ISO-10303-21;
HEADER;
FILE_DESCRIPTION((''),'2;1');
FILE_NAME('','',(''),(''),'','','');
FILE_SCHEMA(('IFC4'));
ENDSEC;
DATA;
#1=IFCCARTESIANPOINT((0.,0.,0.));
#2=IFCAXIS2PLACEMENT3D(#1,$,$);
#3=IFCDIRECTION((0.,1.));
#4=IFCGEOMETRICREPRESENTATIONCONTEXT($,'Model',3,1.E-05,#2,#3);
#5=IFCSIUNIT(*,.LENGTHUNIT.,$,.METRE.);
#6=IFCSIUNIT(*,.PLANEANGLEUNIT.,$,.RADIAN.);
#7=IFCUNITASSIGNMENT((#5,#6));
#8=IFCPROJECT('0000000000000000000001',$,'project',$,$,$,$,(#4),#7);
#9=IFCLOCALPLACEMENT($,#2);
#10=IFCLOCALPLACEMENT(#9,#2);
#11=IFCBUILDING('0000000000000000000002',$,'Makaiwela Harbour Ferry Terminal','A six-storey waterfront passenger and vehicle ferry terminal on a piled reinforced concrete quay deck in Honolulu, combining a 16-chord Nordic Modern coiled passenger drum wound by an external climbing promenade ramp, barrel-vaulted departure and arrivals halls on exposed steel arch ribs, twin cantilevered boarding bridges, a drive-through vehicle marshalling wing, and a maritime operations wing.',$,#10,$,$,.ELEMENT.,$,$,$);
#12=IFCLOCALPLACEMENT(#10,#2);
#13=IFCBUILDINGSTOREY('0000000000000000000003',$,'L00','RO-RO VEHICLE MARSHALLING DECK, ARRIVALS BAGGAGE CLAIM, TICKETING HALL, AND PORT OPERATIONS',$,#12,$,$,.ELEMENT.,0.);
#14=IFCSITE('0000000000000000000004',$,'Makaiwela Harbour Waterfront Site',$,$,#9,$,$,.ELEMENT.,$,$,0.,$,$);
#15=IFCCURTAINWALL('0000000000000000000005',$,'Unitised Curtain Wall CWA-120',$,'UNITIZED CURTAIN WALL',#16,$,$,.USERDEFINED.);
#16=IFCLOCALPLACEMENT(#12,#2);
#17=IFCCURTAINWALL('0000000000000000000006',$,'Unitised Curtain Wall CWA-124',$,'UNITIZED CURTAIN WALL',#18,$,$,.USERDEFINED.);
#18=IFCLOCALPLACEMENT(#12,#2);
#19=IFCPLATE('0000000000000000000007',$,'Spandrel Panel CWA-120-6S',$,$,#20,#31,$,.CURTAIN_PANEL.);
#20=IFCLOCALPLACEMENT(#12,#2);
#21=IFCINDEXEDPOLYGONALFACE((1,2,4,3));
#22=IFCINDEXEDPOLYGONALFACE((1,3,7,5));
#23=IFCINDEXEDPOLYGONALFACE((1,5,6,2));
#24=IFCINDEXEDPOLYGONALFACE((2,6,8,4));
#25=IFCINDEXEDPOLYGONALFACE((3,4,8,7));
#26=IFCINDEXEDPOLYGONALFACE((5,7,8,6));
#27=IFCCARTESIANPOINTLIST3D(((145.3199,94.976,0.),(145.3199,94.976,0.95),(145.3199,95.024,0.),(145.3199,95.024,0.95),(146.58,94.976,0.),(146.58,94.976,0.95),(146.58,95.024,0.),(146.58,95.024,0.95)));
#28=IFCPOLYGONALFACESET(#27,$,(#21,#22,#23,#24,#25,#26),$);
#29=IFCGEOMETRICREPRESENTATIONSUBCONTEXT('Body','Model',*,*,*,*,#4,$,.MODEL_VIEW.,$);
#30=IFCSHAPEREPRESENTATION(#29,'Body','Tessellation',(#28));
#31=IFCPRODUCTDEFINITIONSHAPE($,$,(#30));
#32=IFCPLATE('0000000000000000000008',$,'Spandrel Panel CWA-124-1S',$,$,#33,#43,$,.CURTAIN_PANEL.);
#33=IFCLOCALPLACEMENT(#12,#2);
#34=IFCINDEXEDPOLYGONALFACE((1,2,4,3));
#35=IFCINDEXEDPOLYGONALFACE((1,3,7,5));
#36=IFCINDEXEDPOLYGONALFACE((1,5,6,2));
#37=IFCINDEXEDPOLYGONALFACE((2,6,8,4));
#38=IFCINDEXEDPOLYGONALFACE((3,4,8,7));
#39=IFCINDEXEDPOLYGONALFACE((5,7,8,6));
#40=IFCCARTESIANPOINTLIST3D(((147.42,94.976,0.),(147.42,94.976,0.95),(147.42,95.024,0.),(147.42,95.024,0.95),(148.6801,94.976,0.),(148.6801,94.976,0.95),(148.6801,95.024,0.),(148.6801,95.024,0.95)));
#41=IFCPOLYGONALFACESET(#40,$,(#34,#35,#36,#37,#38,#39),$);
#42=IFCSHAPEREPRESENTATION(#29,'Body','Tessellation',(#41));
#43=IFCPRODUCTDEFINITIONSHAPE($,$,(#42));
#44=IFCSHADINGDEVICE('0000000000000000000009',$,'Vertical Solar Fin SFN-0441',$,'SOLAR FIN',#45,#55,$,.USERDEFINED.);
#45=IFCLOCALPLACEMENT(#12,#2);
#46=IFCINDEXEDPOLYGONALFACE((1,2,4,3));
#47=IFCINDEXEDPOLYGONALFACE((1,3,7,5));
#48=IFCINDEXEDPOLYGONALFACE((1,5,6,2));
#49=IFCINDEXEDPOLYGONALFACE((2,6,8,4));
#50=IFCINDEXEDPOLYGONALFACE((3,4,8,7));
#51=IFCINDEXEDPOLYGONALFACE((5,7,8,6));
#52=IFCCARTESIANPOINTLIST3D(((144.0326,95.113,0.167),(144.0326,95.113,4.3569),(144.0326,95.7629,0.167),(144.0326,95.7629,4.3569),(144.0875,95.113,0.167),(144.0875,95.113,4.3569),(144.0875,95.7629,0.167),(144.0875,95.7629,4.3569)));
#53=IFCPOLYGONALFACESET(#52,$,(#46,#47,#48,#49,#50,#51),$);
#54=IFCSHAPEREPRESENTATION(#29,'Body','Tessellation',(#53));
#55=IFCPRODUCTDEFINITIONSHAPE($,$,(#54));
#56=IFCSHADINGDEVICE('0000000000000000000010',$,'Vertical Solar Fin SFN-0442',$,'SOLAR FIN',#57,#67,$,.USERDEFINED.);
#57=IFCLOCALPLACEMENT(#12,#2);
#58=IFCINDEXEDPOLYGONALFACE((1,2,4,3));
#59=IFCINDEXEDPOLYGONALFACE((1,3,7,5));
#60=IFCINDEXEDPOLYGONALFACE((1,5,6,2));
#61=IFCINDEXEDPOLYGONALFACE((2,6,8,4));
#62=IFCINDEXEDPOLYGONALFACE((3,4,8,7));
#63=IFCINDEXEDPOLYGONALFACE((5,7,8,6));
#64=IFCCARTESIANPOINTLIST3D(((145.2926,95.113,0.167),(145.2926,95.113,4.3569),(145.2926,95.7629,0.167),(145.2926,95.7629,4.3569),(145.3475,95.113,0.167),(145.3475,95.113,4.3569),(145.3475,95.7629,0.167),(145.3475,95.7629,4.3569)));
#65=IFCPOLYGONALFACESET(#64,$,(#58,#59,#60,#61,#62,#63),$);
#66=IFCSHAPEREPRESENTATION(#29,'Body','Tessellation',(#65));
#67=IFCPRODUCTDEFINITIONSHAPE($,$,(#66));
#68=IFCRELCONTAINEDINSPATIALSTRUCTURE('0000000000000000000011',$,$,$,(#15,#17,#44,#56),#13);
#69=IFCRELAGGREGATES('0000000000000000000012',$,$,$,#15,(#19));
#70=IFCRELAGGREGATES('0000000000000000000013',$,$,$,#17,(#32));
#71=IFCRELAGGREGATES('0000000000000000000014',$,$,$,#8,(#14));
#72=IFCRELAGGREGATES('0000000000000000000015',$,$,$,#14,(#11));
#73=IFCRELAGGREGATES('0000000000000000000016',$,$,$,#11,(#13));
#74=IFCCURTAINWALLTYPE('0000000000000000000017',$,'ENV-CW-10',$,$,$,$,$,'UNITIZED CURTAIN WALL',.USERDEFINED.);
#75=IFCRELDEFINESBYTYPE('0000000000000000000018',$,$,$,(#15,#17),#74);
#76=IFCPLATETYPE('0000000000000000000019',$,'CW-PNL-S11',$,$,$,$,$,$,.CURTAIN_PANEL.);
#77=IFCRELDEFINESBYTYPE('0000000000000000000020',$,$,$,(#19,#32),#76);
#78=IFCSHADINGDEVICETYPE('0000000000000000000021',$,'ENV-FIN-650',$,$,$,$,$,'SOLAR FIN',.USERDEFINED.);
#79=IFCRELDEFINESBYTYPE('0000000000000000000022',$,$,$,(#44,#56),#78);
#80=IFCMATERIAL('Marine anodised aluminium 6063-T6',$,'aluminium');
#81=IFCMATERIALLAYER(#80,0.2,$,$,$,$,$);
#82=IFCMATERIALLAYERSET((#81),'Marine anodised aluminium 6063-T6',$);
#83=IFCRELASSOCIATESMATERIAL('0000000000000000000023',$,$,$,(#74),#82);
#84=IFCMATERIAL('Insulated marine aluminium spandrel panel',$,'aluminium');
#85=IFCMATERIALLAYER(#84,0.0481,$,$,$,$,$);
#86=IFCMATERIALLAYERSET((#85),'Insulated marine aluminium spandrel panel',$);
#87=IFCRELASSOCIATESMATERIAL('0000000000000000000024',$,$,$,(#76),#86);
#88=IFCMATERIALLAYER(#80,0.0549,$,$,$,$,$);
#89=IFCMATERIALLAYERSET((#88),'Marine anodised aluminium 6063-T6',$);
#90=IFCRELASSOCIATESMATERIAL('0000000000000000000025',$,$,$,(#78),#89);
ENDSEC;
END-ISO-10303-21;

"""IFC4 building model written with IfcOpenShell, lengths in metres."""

from ifc_helpers import new_model, si_unit, direction, frame, origin, origin_2d, place, context, subcontext, project, spatial, rectangle, extrude, material, layer, layer_set, type_object, element, aggregate, save


model = new_model("IFC4")

# Units and contexts
model_context = context("Model", 3, precision=1e-05, world=origin(), true_north=direction((0.0, 1.0)))
body_context = subcontext(model_context, "Body", "Model", "MODEL_VIEW")
ifc_project = project(units=[si_unit("LENGTHUNIT", "METRE"), si_unit("PLANEANGLEUNIT", "RADIAN")], contexts=[model_context])

# Site, building, storey
site_placement = place(None, origin())
site = spatial("IfcSite", under=ifc_project, at=site_placement, Name="Makaiwela Harbour Waterfront Site", CompositionType="ELEMENT", RefElevation=0.0)
building_placement = place(site_placement, origin())
building = spatial("IfcBuilding", under=site, at=building_placement, Name="Makaiwela Harbour Ferry Terminal", Description="A six-storey waterfront passenger and vehicle ferry terminal on a piled reinforced concrete quay deck in Honolulu, combining a 16-chord Nordic Modern coiled passenger drum wound by an external climbing promenade ramp, barrel-vaulted departure and arrivals halls on exposed steel arch ribs, twin cantilevered boarding bridges, a drive-through vehicle marshalling wing, and a maritime operations wing.", CompositionType="ELEMENT")
storey_placement = place(building_placement, origin())
storey = spatial("IfcBuildingStorey", under=building, at=storey_placement, Name="L00", Description="RO-RO VEHICLE MARSHALLING DECK, ARRIVALS BAGGAGE CLAIM, TICKETING HALL, AND PORT OPERATIONS", CompositionType="ELEMENT", Elevation=0.0)

# Curtain wall
ifc_material_1 = material(Name="Marine anodised aluminium 6063-T6", Category="aluminium")
ifc_layer_1 = layer(ifc_material_1, 0.2)
ifc_layer_set_1 = layer_set([ifc_layer_1], Name="Marine anodised aluminium 6063-T6")
curtain_wall_type = type_object("IfcCurtainWallType", Name="ENV-CW-10", ElementType="UNITIZED CURTAIN WALL", PredefinedType="USERDEFINED", material=ifc_layer_set_1)
curtain_wall_1_placement = place(storey_placement, origin())
curtain_wall_1 = element("IfcCurtainWall", 1, at=curtain_wall_1_placement, inside=storey, type_object=curtain_wall_type, Name="Unitised Curtain Wall CWA-120", ObjectType="UNITIZED CURTAIN WALL", PredefinedType="USERDEFINED")

# Curtain wall
curtain_wall_2_placement = place(storey_placement, origin())
curtain_wall_2 = element("IfcCurtainWall", 2, at=curtain_wall_2_placement, inside=storey, type_object=curtain_wall_type, Name="Unitised Curtain Wall CWA-124", ObjectType="UNITIZED CURTAIN WALL", PredefinedType="USERDEFINED")

# Plates
ifc_material_2 = material(Name="Insulated marine aluminium spandrel panel", Category="aluminium")
ifc_layer_2 = layer(ifc_material_2, 0.0481)
ifc_layer_set_2 = layer_set([ifc_layer_2], Name="Insulated marine aluminium spandrel panel")
plate_type_1 = type_object("IfcPlateType", Name="CW-PNL-S11", PredefinedType="CURTAIN_PANEL", material=ifc_layer_set_2)
plate_1_placement = place(storey_placement, frame((145.95, 95.0, 0.0), z_axis=(0.0, 0.0, 1.0), x_axis=(1.0, 0.0, 0.0)))
plate_1 = element("IfcPlate", 3, at=plate_1_placement, type_object=plate_type_1, Name="Spandrel Panel CWA-120-6S", PredefinedType="CURTAIN_PANEL", context=body_context, shape_type="SweptSolid", body=[
    extrude(rectangle(XDim=1.26, YDim=0.0481, at=origin_2d()), origin(), (0.0, 0.0, 1.0), 0.95),
])
aggregate(curtain_wall_1, [plate_1])
plate_2_placement = place(storey_placement, frame((148.05, 95.0, 0.0), z_axis=(0.0, 0.0, 1.0), x_axis=(1.0, 0.0, 0.0)))
plate_2 = element("IfcPlate", 4, at=plate_2_placement, type_object=plate_type_1, Name="Spandrel Panel CWA-124-1S", PredefinedType="CURTAIN_PANEL", context=body_context, shape_type="SweptSolid", body=[
    extrude(rectangle(XDim=1.26, YDim=0.0481, at=origin_2d()), origin(), (0.0, 0.0, 1.0), 0.95),
])
aggregate(curtain_wall_2, [plate_2])

# Shading devices
ifc_layer_3 = layer(ifc_material_1, 0.0549)
ifc_layer_set_3 = layer_set([ifc_layer_3], Name="Marine anodised aluminium 6063-T6")
shading_device_type = type_object("IfcShadingDeviceType", Name="ENV-FIN-650", ElementType="SOLAR FIN", PredefinedType="USERDEFINED", material=ifc_layer_set_3)
for number, where, z_axis, x_axis, name in (
    (5, (144.0601, 95.438, 0.167), (0.0, 0.0, 1.0), (0.0, 1.0, 0.0), "Vertical Solar Fin SFN-0441"),
    (6, (145.3201, 95.438, 0.167), (0.0, 0.0, 1.0), (0.0, 1.0, 0.0), "Vertical Solar Fin SFN-0442"),
):
    element("IfcShadingDevice", number, at=place(storey_placement, frame(where, z_axis=z_axis, x_axis=x_axis)), inside=storey, type_object=shading_device_type, Name=name, ObjectType="SOLAR FIN", PredefinedType="USERDEFINED", context=body_context, shape_type="SweptSolid", body=[
        extrude(rectangle(XDim=0.6499, YDim=0.0549, at=origin_2d()), origin(), (0.0, 0.0, 1.0), 4.1899),
    ])

save(model, "model.ifc")
